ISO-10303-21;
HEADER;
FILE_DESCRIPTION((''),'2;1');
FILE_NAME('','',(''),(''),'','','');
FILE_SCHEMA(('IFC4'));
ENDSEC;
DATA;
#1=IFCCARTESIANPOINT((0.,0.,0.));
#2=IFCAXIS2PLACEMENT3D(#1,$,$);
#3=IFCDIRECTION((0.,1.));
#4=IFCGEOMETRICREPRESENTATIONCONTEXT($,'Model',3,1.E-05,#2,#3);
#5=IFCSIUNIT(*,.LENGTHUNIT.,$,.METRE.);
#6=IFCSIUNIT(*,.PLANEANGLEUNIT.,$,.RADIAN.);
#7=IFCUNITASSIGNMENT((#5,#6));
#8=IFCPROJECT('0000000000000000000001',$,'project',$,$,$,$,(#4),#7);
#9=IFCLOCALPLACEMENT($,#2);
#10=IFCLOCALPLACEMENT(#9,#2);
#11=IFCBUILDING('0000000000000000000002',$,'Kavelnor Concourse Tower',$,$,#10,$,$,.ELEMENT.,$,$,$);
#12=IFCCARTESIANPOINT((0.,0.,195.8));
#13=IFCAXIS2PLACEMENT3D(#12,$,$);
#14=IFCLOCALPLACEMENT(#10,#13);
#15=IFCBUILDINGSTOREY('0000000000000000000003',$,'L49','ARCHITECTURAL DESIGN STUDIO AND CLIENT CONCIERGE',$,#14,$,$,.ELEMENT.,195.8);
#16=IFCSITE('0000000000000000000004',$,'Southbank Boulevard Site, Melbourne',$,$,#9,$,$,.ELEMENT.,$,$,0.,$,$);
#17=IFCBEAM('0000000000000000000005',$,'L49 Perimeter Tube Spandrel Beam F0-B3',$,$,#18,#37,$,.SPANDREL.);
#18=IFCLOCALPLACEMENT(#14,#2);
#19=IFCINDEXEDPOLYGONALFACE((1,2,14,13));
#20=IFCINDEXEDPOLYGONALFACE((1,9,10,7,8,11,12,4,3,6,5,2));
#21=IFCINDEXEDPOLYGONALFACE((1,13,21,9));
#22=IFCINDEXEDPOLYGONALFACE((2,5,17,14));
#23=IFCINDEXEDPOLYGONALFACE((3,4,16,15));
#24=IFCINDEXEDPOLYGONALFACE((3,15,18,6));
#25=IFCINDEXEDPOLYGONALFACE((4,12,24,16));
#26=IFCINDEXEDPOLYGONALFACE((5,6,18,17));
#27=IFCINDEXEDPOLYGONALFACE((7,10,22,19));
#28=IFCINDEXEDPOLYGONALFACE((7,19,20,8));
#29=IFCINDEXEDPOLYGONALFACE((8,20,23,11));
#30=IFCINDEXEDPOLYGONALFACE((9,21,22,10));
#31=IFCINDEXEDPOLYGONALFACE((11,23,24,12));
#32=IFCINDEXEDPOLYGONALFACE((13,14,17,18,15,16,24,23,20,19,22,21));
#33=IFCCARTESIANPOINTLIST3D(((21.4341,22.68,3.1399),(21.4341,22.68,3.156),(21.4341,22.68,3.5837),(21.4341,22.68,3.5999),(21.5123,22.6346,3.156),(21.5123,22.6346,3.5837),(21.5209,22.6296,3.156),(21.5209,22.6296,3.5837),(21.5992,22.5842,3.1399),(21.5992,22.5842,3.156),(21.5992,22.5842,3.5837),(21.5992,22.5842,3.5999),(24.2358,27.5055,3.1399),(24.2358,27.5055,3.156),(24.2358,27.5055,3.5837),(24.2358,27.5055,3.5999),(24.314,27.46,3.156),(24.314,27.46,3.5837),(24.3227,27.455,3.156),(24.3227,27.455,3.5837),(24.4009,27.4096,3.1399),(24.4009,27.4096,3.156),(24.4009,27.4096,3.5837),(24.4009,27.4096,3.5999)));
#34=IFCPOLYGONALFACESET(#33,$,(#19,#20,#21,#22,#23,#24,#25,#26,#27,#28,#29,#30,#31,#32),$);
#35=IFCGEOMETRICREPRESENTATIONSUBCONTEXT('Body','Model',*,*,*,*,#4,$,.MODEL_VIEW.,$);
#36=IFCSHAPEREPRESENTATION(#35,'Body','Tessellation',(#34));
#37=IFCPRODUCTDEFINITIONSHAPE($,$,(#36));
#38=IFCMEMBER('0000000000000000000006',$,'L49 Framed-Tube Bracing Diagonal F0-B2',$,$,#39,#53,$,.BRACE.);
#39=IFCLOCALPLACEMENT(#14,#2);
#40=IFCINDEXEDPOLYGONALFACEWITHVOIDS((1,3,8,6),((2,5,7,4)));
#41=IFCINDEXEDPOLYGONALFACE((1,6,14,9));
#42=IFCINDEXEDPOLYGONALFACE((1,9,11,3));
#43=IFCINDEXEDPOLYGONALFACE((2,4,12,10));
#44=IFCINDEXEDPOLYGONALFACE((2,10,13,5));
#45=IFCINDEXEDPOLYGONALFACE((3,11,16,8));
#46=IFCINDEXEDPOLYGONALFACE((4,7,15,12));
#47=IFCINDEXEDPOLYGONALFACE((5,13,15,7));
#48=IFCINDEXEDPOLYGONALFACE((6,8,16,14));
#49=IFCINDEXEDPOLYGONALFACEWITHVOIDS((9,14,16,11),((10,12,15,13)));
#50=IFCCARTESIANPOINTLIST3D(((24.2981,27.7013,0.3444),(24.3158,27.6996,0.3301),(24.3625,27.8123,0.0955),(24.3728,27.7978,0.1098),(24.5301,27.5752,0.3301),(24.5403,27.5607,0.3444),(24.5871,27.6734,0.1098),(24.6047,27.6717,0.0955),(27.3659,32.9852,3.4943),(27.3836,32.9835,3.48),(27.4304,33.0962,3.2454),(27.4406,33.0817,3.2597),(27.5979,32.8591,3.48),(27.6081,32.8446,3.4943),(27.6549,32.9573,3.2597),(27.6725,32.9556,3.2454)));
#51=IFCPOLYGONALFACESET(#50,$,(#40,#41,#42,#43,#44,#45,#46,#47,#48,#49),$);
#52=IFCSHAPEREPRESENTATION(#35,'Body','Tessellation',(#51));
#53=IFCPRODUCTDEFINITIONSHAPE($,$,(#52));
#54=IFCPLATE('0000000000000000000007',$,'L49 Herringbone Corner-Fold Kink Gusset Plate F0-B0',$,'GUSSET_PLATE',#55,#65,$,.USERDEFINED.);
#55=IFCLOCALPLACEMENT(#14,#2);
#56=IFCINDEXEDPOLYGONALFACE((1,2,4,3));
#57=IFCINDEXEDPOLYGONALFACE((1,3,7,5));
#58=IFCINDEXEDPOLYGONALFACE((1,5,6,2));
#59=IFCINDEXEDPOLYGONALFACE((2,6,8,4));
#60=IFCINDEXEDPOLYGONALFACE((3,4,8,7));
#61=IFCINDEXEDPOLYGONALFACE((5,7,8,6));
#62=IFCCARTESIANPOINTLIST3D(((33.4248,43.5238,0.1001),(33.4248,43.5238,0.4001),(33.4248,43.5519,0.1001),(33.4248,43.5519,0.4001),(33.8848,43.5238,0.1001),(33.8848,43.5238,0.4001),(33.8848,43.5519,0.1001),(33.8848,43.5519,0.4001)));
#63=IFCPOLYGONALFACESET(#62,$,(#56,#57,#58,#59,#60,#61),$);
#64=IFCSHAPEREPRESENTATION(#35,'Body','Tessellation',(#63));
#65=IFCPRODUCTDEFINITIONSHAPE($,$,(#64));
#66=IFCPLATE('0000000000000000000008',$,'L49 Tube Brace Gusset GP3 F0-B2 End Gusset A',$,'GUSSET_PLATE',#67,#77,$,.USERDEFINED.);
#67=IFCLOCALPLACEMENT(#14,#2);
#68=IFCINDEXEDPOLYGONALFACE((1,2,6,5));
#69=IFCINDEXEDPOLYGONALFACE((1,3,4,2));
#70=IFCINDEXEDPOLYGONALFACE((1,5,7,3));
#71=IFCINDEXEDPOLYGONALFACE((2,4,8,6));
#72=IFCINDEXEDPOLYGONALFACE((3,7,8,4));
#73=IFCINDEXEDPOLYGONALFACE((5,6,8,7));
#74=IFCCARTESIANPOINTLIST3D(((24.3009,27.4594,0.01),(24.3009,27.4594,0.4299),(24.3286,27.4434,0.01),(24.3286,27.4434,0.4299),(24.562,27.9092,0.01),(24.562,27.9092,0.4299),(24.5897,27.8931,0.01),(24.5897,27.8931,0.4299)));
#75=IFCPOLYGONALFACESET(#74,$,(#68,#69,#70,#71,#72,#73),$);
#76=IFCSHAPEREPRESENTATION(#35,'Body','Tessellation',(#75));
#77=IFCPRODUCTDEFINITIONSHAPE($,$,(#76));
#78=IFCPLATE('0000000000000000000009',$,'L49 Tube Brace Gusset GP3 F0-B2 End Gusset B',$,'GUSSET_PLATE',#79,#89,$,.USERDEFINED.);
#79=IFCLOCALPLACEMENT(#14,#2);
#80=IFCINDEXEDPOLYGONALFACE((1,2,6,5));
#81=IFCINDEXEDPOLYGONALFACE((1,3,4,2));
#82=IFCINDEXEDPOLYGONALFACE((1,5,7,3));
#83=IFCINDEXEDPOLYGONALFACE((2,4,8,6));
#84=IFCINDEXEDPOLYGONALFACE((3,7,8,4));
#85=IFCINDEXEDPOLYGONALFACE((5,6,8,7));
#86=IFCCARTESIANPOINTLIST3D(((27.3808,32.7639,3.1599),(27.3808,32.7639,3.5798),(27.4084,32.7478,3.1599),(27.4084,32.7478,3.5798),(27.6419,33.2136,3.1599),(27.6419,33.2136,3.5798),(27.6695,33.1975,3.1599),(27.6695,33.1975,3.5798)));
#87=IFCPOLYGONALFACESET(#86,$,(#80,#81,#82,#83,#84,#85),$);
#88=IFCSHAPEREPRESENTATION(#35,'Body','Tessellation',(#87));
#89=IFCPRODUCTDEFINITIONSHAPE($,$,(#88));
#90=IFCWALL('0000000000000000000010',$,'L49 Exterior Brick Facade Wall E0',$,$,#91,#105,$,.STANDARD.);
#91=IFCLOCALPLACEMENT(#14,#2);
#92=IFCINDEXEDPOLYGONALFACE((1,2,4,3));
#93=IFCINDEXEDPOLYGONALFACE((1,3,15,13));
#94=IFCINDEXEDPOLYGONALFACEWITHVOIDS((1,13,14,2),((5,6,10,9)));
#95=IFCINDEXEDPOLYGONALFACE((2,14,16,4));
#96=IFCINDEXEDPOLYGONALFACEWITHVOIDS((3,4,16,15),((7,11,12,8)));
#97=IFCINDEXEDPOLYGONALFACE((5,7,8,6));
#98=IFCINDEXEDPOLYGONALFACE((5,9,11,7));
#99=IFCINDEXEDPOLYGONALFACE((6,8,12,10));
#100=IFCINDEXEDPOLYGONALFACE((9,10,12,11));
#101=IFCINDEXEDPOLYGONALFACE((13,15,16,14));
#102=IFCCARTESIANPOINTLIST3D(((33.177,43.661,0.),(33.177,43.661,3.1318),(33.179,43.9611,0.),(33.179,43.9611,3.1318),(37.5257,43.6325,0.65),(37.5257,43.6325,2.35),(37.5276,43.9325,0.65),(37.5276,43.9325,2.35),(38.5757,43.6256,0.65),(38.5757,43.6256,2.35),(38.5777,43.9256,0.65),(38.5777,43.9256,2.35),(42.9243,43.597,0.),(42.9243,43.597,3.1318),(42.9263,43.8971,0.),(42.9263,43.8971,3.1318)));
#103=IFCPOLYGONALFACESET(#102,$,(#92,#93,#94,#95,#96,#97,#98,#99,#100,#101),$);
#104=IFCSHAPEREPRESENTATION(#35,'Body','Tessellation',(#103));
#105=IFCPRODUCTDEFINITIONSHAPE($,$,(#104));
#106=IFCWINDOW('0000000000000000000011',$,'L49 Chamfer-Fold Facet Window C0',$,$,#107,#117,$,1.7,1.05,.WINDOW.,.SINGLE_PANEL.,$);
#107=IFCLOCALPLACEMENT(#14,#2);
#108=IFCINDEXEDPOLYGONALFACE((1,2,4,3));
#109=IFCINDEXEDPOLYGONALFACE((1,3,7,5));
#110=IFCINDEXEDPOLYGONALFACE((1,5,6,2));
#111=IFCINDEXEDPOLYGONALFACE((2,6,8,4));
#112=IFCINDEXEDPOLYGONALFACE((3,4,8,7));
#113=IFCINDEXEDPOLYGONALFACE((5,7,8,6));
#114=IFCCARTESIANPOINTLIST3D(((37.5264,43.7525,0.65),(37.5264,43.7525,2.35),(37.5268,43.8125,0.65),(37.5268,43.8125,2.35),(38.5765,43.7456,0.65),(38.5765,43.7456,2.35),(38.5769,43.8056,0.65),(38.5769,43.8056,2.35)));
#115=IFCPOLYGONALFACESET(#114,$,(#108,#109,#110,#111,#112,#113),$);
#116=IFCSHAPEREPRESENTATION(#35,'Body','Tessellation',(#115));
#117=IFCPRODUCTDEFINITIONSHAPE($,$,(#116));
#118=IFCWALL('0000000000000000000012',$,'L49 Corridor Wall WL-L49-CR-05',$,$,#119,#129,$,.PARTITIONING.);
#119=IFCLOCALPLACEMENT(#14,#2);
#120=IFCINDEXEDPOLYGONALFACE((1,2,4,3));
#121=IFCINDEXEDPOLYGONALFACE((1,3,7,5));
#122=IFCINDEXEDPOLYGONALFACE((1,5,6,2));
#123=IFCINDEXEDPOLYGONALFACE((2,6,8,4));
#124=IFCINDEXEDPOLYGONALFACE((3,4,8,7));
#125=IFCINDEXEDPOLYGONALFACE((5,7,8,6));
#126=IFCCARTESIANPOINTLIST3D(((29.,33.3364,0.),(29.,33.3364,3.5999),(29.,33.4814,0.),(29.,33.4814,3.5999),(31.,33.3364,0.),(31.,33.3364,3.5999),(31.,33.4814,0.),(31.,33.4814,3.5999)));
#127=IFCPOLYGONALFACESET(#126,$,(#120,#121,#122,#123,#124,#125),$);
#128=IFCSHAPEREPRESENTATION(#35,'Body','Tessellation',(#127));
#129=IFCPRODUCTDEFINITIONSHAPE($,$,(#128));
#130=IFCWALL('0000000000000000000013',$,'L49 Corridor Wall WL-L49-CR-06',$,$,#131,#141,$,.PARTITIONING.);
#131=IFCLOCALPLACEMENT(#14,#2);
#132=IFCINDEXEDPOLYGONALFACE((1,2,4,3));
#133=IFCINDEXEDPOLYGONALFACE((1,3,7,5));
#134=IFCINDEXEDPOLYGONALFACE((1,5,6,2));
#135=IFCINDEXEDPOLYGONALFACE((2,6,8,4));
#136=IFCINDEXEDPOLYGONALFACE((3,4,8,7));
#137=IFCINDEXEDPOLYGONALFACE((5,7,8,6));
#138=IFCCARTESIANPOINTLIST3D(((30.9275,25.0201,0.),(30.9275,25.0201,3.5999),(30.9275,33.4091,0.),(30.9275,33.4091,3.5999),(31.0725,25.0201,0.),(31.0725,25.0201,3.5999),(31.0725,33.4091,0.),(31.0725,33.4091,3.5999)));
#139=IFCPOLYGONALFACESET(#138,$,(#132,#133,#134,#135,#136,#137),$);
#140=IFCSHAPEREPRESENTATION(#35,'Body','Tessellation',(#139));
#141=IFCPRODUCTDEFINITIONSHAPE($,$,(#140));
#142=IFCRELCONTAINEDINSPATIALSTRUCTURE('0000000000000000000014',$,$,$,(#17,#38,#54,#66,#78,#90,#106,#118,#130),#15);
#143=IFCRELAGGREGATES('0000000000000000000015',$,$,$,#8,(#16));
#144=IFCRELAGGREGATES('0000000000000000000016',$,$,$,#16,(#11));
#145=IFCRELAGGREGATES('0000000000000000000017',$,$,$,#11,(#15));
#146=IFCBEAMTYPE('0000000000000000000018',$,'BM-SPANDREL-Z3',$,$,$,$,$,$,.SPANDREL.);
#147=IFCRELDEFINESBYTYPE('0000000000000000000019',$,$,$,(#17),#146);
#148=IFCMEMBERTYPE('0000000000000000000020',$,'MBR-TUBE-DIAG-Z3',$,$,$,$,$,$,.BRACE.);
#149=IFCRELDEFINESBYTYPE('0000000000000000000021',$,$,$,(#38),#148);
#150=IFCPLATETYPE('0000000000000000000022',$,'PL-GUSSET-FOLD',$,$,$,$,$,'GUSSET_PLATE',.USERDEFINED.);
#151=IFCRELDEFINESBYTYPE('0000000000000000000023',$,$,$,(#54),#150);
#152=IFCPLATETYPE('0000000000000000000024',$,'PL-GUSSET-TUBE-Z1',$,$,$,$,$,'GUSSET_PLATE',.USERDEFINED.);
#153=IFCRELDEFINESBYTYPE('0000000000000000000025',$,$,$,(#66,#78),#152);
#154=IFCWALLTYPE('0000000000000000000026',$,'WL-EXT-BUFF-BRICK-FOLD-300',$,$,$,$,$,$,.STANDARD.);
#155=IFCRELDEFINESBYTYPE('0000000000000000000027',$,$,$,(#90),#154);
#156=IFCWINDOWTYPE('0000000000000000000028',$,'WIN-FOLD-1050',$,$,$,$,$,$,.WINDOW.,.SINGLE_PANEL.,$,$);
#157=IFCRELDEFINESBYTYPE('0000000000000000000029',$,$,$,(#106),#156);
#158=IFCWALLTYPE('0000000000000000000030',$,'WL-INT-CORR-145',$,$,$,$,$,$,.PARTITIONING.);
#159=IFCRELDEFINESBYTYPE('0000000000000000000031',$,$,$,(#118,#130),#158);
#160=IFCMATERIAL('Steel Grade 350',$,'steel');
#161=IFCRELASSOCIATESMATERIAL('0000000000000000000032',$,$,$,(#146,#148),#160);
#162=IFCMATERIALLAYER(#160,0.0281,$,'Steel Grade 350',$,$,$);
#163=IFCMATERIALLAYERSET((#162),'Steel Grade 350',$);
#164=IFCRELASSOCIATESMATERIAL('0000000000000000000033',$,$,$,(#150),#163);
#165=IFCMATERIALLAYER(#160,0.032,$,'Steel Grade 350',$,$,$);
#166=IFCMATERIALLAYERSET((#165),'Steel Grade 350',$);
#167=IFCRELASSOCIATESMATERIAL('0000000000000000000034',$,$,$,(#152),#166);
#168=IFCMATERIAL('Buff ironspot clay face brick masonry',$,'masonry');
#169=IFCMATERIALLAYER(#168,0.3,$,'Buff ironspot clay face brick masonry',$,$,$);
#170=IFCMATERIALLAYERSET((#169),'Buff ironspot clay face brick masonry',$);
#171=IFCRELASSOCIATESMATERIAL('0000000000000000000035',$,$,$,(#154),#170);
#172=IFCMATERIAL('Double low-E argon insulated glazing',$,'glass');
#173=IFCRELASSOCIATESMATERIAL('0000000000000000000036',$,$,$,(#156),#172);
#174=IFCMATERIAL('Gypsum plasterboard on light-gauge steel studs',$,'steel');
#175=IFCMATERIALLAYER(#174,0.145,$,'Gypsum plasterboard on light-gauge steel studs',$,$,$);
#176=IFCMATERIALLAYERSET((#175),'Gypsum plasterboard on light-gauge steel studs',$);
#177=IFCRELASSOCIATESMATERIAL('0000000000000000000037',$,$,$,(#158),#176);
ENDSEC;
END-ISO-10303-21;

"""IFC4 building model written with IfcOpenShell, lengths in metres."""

from ifc_helpers import new_model, si_unit, direction, frame, frame_2d, origin, origin_2d, place, context, subcontext, project, spatial, rectangle, hollow_rectangle, i_section, extrude, material, layer, layer_set, material_profile, profile_set, type_object, element, fill, save


model = new_model("IFC4")

# Units and contexts
model_context = context("Model", 3, precision=1e-05, world=origin(), true_north=direction((0.0, 1.0)))
body_context = subcontext(model_context, "Body", "Model", "MODEL_VIEW")
ifc_project = project(units=[si_unit("LENGTHUNIT", "METRE"), si_unit("PLANEANGLEUNIT", "RADIAN")], contexts=[model_context])

# Site, building, storey
site_placement = place(None, origin())
site = spatial("IfcSite", under=ifc_project, at=site_placement, Name="Southbank Boulevard Site, Melbourne", CompositionType="ELEMENT", RefElevation=0.0)
building_placement = place(site_placement, origin())
building = spatial("IfcBuilding", under=site, at=building_placement, Name="Kavelnor Concourse Tower", CompositionType="ELEMENT")
storey_placement = place(building_placement, frame((0.0, 0.0, 195.8)))
storey = spatial("IfcBuildingStorey", under=building, at=storey_placement, Name="L49", Description="ARCHITECTURAL DESIGN STUDIO AND CLIENT CONCIERGE", CompositionType="ELEMENT", Elevation=195.8)

# Shared definitions
ifc_material_1 = material(Name="Steel Grade 350", Category="steel")

# Beam
ifc_material_profile_1 = material_profile(ifc_material_1, i_section(OverallWidth=0.1909, OverallDepth=0.46, WebThickness=0.01, FlangeThickness=0.0161, at=origin_2d()), Name="460UB82")
ifc_profile_set_1 = profile_set([ifc_material_profile_1], Name="Steel Grade 350")
beam_type_1 = type_object("IfcBeamType", Name="BM-SPANDREL-Z3", PredefinedType="SPANDREL", material=ifc_profile_set_1)
for number, where, z_axis, x_axis, name in (
    (1, (24.3184, 27.4575, 3.3699), (-0.502121, -0.864798, 0.0), (0.864798, -0.502121, 0.0), "L49 Perimeter Tube Spandrel Beam F0-B3"),
):
    element("IfcBeam", number, at=place(storey_placement, frame(where, z_axis=z_axis, x_axis=x_axis)), inside=storey, type_object=beam_type_1, Name=name, PredefinedType="SPANDREL", context=body_context, shape_type="SweptSolid", body=[
        extrude(i_section(OverallWidth=0.1909, OverallDepth=0.46, WebThickness=0.01, FlangeThickness=0.0161, at=origin_2d()), origin(), (0.0, 0.0, 1.0), 5.5798),
    ])

# Member
ifc_material_profile_2 = material_profile(ifc_material_1, hollow_rectangle(XDim=0.28, YDim=0.28, WallThickness=0.0161, at=origin_2d()), Name="SHS 280x280x16")
ifc_profile_set_2 = profile_set([ifc_material_profile_2], Name="Steel Grade 350")
member_type = type_object("IfcMemberType", Name="MBR-TUBE-DIAG-Z3", PredefinedType="BRACE", material=ifc_profile_set_2)
member_placement = place(storey_placement, frame((24.4514, 27.6865, 0.22), z_axis=(0.446292, 0.768669, 0.458225), x_axis=(-0.864805, 0.502109, 0.0)))
element("IfcMember", 2, at=member_placement, inside=storey, type_object=member_type, Name="L49 Framed-Tube Bracing Diagonal F0-B2", PredefinedType="BRACE", context=body_context, shape_type="SweptSolid", body=[
    extrude(hollow_rectangle(XDim=0.28, YDim=0.28, WallThickness=0.0161, at=origin_2d()), origin(), (0.0, 0.0, 1.0), 6.874),
])

# Plates
ifc_layer_1 = layer(ifc_material_1, 0.0281, Name="Steel Grade 350")
ifc_layer_set_1 = layer_set([ifc_layer_1], Name="Steel Grade 350")
plate_type_1 = type_object("IfcPlateType", Name="PL-GUSSET-FOLD", ElementType="GUSSET_PLATE", PredefinedType="USERDEFINED", material=ifc_layer_set_1)
plate_placement = place(storey_placement, frame((33.6548, 43.5378, 0.1001), z_axis=(0.0, 0.0, 1.0), x_axis=(1.0, 0.0, 0.0)))
element("IfcPlate", 3, at=plate_placement, inside=storey, type_object=plate_type_1, Name="L49 Herringbone Corner-Fold Kink Gusset Plate F0-B0", ObjectType="GUSSET_PLATE", PredefinedType="USERDEFINED", context=body_context, shape_type="SweptSolid", body=[
    extrude(rectangle(XDim=0.46, YDim=0.0281, at=origin_2d()), origin(), (0.0, 0.0, 1.0), 0.3),
])
ifc_layer_2 = layer(ifc_material_1, 0.032, Name="Steel Grade 350")
ifc_layer_set_2 = layer_set([ifc_layer_2], Name="Steel Grade 350")
plate_type_2 = type_object("IfcPlateType", Name="PL-GUSSET-TUBE-Z1", ElementType="GUSSET_PLATE", PredefinedType="USERDEFINED", material=ifc_layer_set_2)
for number, where, z_axis, x_axis, name in (
    (4, (24.4453, 27.6763, 0.01), (0.0, 0.0, 1.0), (0.502115, 0.864801, 0.0), "L49 Tube Brace Gusset GP3 F0-B2 End Gusset A"),
    (5, (27.5251, 32.9807, 3.1599), (0.0, 0.0, 1.0), (0.502115, 0.864801, 0.0), "L49 Tube Brace Gusset GP3 F0-B2 End Gusset B"),
):
    element("IfcPlate", number, at=place(storey_placement, frame(where, z_axis=z_axis, x_axis=x_axis)), inside=storey, type_object=plate_type_2, Name=name, ObjectType="GUSSET_PLATE", PredefinedType="USERDEFINED", context=body_context, shape_type="SweptSolid", body=[
        extrude(rectangle(XDim=0.52, YDim=0.032, at=origin_2d()), origin(), (0.0, 0.0, 1.0), 0.4199),
    ])

# Wall, opening, window
ifc_material_2 = material(Name="Buff ironspot clay face brick masonry", Category="masonry")
ifc_layer_3 = layer(ifc_material_2, 0.3, Name="Buff ironspot clay face brick masonry")
ifc_layer_set_3 = layer_set([ifc_layer_3], Name="Buff ironspot clay face brick masonry")
wall_type_1 = type_object("IfcWallType", Name="WL-EXT-BUFF-BRICK-FOLD-300", PredefinedType="STANDARD", material=ifc_layer_set_3)
wall_1_placement = place(storey_placement, frame((33.178, 43.811, 0.0), z_axis=(0.0, 0.0, 1.0), x_axis=(0.999978, -0.006562, 0.0)))
wall_1 = element("IfcWall", 6, at=wall_1_placement, inside=storey, type_object=wall_type_1, Name="L49 Exterior Brick Facade Wall E0", PredefinedType="STANDARD", context=body_context, shape_type="SweptSolid", body=[
    extrude(rectangle(XDim=9.7476, YDim=0.3, at=frame_2d((4.8738, 0.0))), origin(), (0.0, 0.0, 1.0), 3.1318),
])
opening_1_placement = place(wall_1_placement, frame((4.3489, 0.0, 0.6499)))
opening_1 = element("IfcOpeningElement", 7, at=opening_1_placement, cuts=wall_1, PredefinedType="OPENING", context=body_context, shape_type="SweptSolid", body=[
    extrude(rectangle(XDim=1.05, YDim=1.7, at=frame_2d((0.5249, 0.8501))), frame((0.0, 0.1602, 0.0), z_axis=(0.0, -1.0, 0.0), x_axis=(1.0, 0.0, 0.0)), (0.0, 0.0, 1.0), 0.3201),
])
ifc_material_3 = material(Name="Double low-E argon insulated glazing", Category="glass")
window_type = type_object("IfcWindowType", Name="WIN-FOLD-1050", PartitioningType="SINGLE_PANEL", PredefinedType="WINDOW", material=ifc_material_3)
window_placement = place(opening_1_placement, origin())
window = element("IfcWindow", 8, at=window_placement, inside=storey, type_object=window_type, Name="L49 Chamfer-Fold Facet Window C0", OverallHeight=1.7, OverallWidth=1.05, PartitioningType="SINGLE_PANEL", PredefinedType="WINDOW", context=body_context, shape_type="SweptSolid", body=[
    extrude(rectangle(XDim=1.05, YDim=1.7, at=frame_2d((0.5249, 0.8501))), frame((0.0, 0.03, 0.0), z_axis=(0.0, -1.0, 0.0), x_axis=(1.0, 0.0, 0.0)), (0.0, 0.0, 1.0), 0.0601),
])
fill(opening_1, window)

# Walls
ifc_material_4 = material(Name="Gypsum plasterboard on light-gauge steel studs", Category="steel")
ifc_layer_4 = layer(ifc_material_4, 0.145, Name="Gypsum plasterboard on light-gauge steel studs")
ifc_layer_set_4 = layer_set([ifc_layer_4], Name="Gypsum plasterboard on light-gauge steel studs")
wall_type_2 = type_object("IfcWallType", Name="WL-INT-CORR-145", PredefinedType="PARTITIONING", material=ifc_layer_set_4)
wall_2_placement = place(storey_placement, frame((29.0, 33.4089, 0.0), z_axis=(0.0, 0.0, 1.0), x_axis=(1.0, 0.0, 0.0)))
element("IfcWall", 9, at=wall_2_placement, inside=storey, type_object=wall_type_2, Name="L49 Corridor Wall WL-L49-CR-05", PredefinedType="PARTITIONING", context=body_context, shape_type="SweptSolid", body=[
    extrude(rectangle(XDim=2.0, YDim=0.145, at=frame_2d((1.0, 0.0))), origin(), (0.0, 0.0, 1.0), 3.5999),
])
wall_3_placement = place(storey_placement, frame((31.0, 33.4089, 0.0), z_axis=(0.0, 0.0, 1.0), x_axis=(0.0, -1.0, 0.0)))
element("IfcWall", 10, at=wall_3_placement, inside=storey, type_object=wall_type_2, Name="L49 Corridor Wall WL-L49-CR-06", PredefinedType="PARTITIONING", context=body_context, shape_type="SweptSolid", body=[
    extrude(rectangle(XDim=8.3889, YDim=0.145, at=frame_2d((4.1943, 0.0))), origin(), (0.0, 0.0, 1.0), 3.5999),
])

save(model, "model.ifc")
